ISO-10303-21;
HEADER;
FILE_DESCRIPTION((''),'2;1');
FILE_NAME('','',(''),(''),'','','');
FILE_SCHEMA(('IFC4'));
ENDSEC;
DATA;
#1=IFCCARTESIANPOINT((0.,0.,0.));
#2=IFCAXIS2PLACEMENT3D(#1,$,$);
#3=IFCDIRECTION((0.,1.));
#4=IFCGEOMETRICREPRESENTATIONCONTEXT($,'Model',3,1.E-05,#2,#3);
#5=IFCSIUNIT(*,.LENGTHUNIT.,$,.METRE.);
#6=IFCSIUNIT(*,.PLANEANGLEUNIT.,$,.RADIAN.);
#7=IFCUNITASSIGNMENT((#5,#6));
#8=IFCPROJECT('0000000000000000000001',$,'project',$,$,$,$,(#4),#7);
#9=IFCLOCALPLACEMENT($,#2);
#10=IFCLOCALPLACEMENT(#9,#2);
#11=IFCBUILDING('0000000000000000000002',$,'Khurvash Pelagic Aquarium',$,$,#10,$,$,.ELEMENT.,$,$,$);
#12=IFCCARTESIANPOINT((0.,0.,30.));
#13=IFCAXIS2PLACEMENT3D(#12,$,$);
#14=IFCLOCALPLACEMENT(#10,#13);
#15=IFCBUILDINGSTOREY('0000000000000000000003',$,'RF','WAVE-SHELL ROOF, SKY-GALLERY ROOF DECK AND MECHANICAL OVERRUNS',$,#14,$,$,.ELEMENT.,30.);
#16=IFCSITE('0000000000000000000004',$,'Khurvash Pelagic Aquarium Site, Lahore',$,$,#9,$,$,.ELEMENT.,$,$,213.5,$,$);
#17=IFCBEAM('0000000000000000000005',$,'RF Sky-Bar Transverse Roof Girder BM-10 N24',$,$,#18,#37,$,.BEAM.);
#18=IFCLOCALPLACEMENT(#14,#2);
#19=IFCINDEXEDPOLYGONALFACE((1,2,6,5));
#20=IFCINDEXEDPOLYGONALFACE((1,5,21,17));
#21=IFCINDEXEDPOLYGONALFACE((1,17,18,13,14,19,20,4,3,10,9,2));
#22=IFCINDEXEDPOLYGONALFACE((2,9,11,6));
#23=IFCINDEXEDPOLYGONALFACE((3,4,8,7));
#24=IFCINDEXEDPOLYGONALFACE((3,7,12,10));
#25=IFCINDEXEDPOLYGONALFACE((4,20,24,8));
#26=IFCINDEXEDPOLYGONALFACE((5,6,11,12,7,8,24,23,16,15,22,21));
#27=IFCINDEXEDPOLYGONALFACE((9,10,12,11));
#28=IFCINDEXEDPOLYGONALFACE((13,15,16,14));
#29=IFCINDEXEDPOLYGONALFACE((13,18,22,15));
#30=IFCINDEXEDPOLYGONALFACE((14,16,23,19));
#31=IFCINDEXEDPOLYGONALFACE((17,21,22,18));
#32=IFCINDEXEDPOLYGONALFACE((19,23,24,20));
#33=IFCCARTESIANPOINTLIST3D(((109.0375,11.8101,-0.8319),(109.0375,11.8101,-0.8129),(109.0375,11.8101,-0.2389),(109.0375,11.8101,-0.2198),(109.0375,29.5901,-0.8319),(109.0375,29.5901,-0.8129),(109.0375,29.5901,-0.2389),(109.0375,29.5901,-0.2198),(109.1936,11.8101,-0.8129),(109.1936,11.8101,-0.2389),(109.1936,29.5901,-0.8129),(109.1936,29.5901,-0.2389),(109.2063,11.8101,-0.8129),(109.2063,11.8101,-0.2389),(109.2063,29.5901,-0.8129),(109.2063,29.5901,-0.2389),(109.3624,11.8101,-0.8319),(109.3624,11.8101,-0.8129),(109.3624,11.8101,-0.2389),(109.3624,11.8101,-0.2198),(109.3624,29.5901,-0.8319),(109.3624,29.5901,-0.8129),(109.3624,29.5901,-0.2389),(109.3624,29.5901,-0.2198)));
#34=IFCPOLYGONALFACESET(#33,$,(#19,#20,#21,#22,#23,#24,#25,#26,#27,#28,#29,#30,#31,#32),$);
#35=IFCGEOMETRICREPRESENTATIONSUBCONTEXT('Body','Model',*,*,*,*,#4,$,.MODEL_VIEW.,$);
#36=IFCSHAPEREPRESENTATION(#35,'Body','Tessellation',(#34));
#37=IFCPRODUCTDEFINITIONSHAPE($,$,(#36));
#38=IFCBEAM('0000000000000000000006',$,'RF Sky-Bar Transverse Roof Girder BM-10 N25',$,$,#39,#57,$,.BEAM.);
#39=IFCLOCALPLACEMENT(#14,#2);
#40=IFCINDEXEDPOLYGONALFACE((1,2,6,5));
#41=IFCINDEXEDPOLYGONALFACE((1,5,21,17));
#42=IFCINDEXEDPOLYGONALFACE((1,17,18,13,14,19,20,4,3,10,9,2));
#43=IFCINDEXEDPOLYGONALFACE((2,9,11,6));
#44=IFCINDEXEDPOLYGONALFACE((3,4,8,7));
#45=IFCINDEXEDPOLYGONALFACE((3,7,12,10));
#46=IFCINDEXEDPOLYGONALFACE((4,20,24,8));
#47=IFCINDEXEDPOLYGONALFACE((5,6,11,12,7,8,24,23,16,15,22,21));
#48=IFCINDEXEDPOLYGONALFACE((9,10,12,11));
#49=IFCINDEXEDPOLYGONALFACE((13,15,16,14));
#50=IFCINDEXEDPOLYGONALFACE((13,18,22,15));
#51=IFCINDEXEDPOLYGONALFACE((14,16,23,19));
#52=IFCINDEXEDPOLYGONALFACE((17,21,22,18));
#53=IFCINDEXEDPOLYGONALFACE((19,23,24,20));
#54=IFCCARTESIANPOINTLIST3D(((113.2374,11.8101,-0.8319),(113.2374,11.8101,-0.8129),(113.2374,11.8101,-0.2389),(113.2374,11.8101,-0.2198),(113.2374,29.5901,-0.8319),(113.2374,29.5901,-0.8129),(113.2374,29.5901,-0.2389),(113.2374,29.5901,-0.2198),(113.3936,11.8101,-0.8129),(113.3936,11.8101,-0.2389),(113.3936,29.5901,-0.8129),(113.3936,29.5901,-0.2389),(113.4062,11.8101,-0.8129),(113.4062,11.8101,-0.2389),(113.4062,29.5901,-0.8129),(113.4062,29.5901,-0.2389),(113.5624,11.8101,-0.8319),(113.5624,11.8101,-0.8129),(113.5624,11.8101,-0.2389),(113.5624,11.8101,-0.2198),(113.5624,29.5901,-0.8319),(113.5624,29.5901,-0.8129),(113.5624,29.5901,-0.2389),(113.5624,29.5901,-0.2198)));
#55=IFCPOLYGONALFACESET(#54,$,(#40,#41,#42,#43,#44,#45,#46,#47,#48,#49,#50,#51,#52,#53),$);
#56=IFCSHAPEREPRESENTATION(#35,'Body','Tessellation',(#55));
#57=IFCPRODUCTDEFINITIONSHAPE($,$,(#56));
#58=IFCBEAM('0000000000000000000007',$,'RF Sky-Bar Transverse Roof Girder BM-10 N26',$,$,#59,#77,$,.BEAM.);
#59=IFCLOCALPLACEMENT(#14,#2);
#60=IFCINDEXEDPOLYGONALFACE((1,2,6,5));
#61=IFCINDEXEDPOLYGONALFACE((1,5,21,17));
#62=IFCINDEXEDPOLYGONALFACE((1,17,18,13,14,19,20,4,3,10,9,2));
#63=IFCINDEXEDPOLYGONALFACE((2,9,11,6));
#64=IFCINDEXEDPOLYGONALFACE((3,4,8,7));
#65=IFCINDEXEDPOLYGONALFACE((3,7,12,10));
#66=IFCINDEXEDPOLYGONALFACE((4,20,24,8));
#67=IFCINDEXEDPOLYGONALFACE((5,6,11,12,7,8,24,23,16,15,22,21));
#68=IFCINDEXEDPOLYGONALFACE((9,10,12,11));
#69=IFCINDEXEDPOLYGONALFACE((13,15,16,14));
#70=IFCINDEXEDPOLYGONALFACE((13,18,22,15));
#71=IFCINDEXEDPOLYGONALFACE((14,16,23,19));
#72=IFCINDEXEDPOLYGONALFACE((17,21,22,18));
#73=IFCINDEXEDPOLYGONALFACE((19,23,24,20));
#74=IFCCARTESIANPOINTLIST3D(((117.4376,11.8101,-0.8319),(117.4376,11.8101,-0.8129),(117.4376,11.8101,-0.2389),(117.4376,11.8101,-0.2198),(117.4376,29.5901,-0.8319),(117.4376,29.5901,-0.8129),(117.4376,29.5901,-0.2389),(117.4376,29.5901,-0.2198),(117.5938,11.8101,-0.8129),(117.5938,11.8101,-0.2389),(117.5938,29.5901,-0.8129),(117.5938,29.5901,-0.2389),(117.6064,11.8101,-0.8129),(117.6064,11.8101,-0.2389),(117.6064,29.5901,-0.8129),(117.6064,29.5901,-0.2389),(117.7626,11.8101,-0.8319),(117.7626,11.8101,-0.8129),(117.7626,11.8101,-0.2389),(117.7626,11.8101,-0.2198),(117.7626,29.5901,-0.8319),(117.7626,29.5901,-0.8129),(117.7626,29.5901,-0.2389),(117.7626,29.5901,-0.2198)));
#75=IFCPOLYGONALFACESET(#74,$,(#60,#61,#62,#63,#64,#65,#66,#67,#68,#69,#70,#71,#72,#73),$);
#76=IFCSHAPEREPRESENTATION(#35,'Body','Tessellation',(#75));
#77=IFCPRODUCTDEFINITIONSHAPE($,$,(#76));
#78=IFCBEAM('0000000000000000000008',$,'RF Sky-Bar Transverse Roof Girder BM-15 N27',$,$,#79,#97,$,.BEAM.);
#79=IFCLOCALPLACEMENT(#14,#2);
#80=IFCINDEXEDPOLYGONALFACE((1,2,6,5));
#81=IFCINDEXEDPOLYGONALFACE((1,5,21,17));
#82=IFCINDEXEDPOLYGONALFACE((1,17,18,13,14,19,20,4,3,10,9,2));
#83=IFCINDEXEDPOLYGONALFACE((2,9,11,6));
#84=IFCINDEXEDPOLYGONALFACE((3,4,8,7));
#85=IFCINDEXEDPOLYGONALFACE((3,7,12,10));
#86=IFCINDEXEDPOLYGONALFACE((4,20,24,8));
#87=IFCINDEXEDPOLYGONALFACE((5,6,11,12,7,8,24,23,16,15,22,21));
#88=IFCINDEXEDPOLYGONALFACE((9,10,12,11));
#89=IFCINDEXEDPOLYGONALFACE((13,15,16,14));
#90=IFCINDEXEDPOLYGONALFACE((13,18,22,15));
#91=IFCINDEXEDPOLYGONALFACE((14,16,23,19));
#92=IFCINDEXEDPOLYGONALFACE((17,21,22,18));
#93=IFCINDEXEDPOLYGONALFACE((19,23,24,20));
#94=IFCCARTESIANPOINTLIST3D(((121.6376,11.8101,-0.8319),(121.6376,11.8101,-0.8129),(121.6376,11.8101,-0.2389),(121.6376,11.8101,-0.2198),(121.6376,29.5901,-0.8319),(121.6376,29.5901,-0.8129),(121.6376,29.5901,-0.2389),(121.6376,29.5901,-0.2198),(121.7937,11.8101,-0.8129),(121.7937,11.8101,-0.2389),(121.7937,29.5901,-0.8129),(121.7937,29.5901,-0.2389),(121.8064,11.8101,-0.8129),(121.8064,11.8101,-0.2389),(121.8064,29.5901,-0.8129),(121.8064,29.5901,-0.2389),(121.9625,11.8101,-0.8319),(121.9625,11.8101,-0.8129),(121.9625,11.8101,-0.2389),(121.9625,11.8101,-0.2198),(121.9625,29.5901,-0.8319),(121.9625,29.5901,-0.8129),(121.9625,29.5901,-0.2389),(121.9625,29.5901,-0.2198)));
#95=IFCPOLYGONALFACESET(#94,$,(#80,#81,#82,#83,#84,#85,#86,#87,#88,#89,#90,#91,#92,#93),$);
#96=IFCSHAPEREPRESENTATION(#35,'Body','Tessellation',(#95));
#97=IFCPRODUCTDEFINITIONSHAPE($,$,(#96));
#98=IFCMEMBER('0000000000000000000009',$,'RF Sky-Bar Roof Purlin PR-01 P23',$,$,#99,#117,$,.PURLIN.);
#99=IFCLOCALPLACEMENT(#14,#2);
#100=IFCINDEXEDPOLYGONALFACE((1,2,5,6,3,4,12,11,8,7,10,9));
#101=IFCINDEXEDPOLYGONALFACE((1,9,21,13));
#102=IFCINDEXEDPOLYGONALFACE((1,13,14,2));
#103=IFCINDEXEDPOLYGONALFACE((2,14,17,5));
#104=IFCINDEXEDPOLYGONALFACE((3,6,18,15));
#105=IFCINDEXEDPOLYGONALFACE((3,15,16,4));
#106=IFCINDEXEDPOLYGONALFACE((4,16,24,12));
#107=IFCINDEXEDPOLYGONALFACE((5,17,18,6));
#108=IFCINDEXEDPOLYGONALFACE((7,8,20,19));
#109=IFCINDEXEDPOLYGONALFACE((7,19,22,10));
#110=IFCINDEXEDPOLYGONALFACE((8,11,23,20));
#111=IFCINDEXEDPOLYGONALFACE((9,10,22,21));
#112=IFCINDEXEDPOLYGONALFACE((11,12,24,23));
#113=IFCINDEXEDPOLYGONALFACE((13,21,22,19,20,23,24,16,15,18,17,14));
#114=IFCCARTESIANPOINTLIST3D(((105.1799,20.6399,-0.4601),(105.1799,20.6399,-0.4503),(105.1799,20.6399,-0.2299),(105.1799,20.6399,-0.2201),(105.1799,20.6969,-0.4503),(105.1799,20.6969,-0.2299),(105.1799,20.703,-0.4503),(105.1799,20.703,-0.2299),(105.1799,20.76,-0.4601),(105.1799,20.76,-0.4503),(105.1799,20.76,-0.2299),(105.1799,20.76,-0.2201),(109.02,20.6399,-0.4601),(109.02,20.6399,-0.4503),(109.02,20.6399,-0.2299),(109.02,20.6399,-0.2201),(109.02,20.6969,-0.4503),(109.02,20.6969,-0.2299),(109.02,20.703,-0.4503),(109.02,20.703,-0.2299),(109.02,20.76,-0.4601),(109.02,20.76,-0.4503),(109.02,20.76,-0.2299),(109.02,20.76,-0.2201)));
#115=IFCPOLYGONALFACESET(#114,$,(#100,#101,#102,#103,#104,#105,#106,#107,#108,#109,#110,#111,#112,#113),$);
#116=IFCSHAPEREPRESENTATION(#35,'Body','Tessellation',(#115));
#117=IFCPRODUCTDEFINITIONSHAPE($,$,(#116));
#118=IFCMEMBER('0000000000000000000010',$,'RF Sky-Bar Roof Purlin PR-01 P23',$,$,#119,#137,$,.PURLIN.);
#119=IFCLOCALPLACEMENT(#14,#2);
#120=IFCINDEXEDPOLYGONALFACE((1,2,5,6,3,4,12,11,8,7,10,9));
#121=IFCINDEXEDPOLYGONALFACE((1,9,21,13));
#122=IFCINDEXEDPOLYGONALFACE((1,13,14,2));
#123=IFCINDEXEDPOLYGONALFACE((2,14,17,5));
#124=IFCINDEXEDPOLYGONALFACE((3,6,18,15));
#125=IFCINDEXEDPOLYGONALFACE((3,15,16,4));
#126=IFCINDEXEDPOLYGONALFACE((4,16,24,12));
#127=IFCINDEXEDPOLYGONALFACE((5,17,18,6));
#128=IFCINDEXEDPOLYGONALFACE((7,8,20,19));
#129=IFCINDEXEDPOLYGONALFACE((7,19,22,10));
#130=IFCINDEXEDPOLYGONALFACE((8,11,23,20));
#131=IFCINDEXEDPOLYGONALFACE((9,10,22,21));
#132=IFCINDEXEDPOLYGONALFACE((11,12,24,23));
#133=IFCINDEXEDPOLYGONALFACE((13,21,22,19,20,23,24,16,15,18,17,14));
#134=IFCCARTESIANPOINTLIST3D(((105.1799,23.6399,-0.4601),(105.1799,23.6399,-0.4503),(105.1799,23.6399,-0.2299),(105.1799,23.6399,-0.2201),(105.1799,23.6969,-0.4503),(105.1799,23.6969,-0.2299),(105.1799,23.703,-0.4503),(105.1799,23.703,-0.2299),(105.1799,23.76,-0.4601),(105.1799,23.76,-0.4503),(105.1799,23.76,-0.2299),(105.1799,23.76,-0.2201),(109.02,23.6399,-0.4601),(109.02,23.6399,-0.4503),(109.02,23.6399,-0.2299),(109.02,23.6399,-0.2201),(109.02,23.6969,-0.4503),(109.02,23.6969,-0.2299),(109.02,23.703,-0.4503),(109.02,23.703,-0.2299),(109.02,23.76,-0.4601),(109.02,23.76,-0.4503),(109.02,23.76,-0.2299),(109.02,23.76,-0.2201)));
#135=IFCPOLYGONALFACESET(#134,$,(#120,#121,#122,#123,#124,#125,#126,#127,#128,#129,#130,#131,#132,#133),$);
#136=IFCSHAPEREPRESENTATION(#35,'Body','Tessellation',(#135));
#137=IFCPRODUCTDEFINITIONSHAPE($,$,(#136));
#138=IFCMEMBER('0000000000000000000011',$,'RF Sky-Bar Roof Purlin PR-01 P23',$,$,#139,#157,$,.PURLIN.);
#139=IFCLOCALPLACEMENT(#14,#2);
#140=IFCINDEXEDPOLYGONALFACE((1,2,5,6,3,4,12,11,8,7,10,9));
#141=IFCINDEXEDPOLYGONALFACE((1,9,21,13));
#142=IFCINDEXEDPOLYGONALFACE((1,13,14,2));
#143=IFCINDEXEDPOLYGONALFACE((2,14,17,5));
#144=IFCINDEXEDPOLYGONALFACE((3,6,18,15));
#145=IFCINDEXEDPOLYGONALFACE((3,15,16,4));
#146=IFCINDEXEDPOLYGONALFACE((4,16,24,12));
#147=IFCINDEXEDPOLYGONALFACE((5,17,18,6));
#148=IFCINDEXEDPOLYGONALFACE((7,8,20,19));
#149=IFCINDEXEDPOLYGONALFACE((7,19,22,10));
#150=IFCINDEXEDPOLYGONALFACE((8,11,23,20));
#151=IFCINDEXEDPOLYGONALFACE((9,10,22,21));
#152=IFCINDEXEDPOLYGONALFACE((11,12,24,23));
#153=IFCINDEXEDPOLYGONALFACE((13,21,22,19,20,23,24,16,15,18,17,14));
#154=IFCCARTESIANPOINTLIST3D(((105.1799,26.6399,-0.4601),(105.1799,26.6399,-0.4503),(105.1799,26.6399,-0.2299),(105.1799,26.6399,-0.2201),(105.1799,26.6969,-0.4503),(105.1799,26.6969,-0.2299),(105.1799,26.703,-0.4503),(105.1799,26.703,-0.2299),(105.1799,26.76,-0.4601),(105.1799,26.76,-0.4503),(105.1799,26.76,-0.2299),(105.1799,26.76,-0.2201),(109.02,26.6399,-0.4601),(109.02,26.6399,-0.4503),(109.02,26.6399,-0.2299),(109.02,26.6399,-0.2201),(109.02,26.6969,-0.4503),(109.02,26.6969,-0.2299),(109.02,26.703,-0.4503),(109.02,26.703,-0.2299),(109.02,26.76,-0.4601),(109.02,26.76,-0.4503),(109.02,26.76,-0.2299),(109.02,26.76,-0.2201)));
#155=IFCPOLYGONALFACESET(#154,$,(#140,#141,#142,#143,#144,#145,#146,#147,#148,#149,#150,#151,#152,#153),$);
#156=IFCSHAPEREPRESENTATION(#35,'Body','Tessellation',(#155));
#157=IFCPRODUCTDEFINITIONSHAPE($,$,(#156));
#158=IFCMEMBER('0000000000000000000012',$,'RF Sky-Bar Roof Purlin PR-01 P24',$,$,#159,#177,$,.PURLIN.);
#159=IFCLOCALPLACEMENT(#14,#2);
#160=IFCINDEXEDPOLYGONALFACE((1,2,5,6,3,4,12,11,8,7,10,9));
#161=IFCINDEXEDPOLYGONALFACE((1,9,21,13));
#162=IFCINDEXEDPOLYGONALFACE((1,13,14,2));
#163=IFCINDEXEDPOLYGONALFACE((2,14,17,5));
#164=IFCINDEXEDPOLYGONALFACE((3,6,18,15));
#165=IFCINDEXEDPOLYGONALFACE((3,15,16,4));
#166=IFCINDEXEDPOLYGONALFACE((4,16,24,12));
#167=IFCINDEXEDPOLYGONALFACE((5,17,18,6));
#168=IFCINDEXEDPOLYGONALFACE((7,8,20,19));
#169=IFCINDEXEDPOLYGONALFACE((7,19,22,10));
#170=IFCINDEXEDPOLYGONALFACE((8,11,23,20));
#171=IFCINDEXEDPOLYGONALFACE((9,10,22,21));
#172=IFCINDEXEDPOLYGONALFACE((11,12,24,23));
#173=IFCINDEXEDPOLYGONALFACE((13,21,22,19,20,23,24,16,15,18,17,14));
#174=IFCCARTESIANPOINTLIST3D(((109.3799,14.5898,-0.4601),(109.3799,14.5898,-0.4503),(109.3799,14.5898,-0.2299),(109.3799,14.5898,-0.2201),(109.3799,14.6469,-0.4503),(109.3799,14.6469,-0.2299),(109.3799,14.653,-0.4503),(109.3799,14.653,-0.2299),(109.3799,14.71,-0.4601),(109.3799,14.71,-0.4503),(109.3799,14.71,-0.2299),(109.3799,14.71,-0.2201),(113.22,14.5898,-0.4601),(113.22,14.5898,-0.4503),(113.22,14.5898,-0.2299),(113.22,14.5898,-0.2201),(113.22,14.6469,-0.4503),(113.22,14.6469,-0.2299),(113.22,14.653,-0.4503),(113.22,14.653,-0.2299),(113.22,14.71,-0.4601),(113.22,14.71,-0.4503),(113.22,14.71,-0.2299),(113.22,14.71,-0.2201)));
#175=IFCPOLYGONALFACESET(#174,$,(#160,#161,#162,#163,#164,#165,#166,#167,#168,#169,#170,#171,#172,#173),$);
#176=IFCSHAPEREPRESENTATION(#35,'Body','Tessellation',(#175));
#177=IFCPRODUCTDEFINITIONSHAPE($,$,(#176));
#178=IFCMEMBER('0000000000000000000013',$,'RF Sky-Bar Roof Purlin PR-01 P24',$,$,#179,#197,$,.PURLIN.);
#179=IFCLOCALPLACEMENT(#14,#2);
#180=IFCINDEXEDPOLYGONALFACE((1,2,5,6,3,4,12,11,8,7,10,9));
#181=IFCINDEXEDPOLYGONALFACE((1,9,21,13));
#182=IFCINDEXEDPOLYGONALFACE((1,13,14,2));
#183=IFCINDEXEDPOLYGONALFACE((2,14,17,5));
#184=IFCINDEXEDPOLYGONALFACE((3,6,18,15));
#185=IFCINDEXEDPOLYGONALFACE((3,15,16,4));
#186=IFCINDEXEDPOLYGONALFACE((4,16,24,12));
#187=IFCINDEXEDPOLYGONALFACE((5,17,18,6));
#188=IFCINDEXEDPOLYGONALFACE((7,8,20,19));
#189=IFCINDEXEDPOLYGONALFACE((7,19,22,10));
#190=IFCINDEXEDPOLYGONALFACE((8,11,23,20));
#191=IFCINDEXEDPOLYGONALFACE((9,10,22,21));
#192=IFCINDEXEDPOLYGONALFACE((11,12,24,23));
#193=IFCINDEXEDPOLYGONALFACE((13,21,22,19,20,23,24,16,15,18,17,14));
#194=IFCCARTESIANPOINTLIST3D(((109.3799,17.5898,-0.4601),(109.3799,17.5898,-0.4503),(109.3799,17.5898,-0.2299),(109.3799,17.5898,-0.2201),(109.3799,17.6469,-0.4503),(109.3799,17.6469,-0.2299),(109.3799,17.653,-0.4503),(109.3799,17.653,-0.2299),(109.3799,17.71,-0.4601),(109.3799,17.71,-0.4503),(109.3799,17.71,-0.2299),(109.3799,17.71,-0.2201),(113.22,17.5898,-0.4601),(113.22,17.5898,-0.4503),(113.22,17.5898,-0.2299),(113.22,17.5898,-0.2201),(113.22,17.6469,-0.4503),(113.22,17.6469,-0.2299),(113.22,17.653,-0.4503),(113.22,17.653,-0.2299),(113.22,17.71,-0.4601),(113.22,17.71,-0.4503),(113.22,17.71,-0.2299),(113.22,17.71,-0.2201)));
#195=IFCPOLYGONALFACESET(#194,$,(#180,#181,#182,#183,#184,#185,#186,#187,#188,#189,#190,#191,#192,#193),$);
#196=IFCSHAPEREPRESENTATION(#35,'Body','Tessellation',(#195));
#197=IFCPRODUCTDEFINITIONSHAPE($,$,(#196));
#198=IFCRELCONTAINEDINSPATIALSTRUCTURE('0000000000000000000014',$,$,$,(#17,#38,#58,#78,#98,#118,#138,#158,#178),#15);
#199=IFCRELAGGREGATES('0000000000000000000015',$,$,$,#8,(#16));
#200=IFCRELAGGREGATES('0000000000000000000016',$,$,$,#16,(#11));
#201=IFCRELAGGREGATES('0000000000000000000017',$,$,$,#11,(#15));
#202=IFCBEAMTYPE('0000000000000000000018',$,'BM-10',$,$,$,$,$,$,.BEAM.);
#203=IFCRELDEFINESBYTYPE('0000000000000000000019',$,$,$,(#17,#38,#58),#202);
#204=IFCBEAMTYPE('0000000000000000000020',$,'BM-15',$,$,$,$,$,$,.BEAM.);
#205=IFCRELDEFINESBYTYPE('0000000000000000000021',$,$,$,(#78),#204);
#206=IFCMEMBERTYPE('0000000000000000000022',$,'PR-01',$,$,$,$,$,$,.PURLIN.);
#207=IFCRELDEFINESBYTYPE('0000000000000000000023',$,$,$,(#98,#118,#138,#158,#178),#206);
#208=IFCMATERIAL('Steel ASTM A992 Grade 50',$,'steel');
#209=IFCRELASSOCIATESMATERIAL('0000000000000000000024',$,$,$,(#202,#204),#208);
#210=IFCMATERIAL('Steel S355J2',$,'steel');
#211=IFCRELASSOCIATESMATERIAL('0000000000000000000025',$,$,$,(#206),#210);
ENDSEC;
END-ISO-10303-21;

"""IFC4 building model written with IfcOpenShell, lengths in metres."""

from ifc_helpers import new_model, si_unit, direction, frame, origin, origin_2d, place, context, subcontext, project, spatial, i_section, extrude, material, material_profile, profile_set, type_object, element, save


model = new_model("IFC4")

# Units and contexts
model_context = context("Model", 3, precision=1e-05, world=origin(), true_north=direction((0.0, 1.0)))
body_context = subcontext(model_context, "Body", "Model", "MODEL_VIEW")
ifc_project = project(units=[si_unit("LENGTHUNIT", "METRE"), si_unit("PLANEANGLEUNIT", "RADIAN")], contexts=[model_context])

# Site, building, storey
site_placement = place(None, origin())
site = spatial("IfcSite", under=ifc_project, at=site_placement, Name="Khurvash Pelagic Aquarium Site, Lahore", CompositionType="ELEMENT", RefElevation=213.5)
building_placement = place(site_placement, origin())
building = spatial("IfcBuilding", under=site, at=building_placement, Name="Khurvash Pelagic Aquarium", CompositionType="ELEMENT")
storey_placement = place(building_placement, frame((0.0, 0.0, 30.0)))
storey = spatial("IfcBuildingStorey", under=building, at=storey_placement, Name="RF", Description="WAVE-SHELL ROOF, SKY-GALLERY ROOF DECK AND MECHANICAL OVERRUNS", CompositionType="ELEMENT", Elevation=30.0)

# Beams
ifc_material_1 = material(Name="Steel ASTM A992 Grade 50", Category="steel")
ifc_material_profile_1 = material_profile(ifc_material_1, i_section(OverallWidth=0.325, OverallDepth=0.6121, WebThickness=0.0127, FlangeThickness=0.019, at=origin_2d()), Name="W24X104")
ifc_profile_set_1 = profile_set([ifc_material_profile_1], Name="Steel ASTM A992 Grade 50")
beam_type_1 = type_object("IfcBeamType", Name="BM-10", PredefinedType="BEAM", material=ifc_profile_set_1)
for number, where, z_axis, x_axis, name in (
    (1, (109.2, 11.8101, -0.5259), (0.0, 1.0, 0.0), (-1.0, 0.0, 0.0), "RF Sky-Bar Transverse Roof Girder BM-10 N24"),
    (2, (113.3999, 11.8101, -0.5259), (0.0, 1.0, 0.0), (-1.0, 0.0, 0.0), "RF Sky-Bar Transverse Roof Girder BM-10 N25"),
    (3, (117.6001, 11.8101, -0.5259), (0.0, 1.0, 0.0), (-1.0, 0.0, 0.0), "RF Sky-Bar Transverse Roof Girder BM-10 N26"),
):
    element("IfcBeam", number, at=place(storey_placement, frame(where, z_axis=z_axis, x_axis=x_axis)), inside=storey, type_object=beam_type_1, Name=name, PredefinedType="BEAM", context=body_context, shape_type="SweptSolid", body=[
        extrude(i_section(OverallWidth=0.325, OverallDepth=0.6121, WebThickness=0.0127, FlangeThickness=0.019, at=origin_2d()), origin(), (0.0, 0.0, 1.0), 17.78),
    ])
ifc_material_profile_2 = material_profile(ifc_material_1, i_section(OverallWidth=0.325, OverallDepth=0.6121, WebThickness=0.0127, FlangeThickness=0.019, at=origin_2d()), Name="W24X104")
ifc_profile_set_2 = profile_set([ifc_material_profile_2], Name="Steel ASTM A992 Grade 50")
beam_type_2 = type_object("IfcBeamType", Name="BM-15", PredefinedType="BEAM", material=ifc_profile_set_2)
beam_placement = place(storey_placement, frame((121.8, 11.8101, -0.5259), z_axis=(0.0, 1.0, 0.0), x_axis=(-1.0, 0.0, 0.0)))
element("IfcBeam", 4, at=beam_placement, inside=storey, type_object=beam_type_2, Name="RF Sky-Bar Transverse Roof Girder BM-15 N27", PredefinedType="BEAM", context=body_context, shape_type="SweptSolid", body=[
    extrude(i_section(OverallWidth=0.325, OverallDepth=0.6121, WebThickness=0.0127, FlangeThickness=0.019, at=origin_2d()), origin(), (0.0, 0.0, 1.0), 17.78),
])

# Members
ifc_material_2 = material(Name="Steel S355J2", Category="steel")
ifc_material_profile_3 = material_profile(ifc_material_2, i_section(OverallWidth=0.1201, OverallDepth=0.24, WebThickness=0.0061, FlangeThickness=0.0098, at=origin_2d()), Name="IPE240")
ifc_profile_set_3 = profile_set([ifc_material_profile_3], Name="Steel S355J2")
member_type = type_object("IfcMemberType", Name="PR-01", PredefinedType="PURLIN", material=ifc_profile_set_3)
for number, where, z_axis, x_axis, name in (
    (5, (105.1799, 20.7, -0.3401), (1.0, 0.0, 0.0), (0.0, 1.0, 0.0), "RF Sky-Bar Roof Purlin PR-01 P23"),
    (6, (105.1799, 23.7, -0.3401), (1.0, 0.0, 0.0), (0.0, 1.0, 0.0), "RF Sky-Bar Roof Purlin PR-01 P23"),
    (7, (105.1799, 26.7, -0.3401), (1.0, 0.0, 0.0), (0.0, 1.0, 0.0), "RF Sky-Bar Roof Purlin PR-01 P23"),
    (8, (109.3799, 14.6499, -0.3401), (1.0, 0.0, 0.0), (0.0, 1.0, 0.0), "RF Sky-Bar Roof Purlin PR-01 P24"),
    (9, (109.3799, 17.6499, -0.3401), (1.0, 0.0, 0.0), (0.0, 1.0, 0.0), "RF Sky-Bar Roof Purlin PR-01 P24"),
):
    element("IfcMember", number, at=place(storey_placement, frame(where, z_axis=z_axis, x_axis=x_axis)), inside=storey, type_object=member_type, Name=name, PredefinedType="PURLIN", context=body_context, shape_type="SweptSolid", body=[
        extrude(i_section(OverallWidth=0.1201, OverallDepth=0.24, WebThickness=0.0061, FlangeThickness=0.0098, at=origin_2d()), origin(), (0.0, 0.0, 1.0), 3.8401),
    ])

save(model, "model.ifc")
